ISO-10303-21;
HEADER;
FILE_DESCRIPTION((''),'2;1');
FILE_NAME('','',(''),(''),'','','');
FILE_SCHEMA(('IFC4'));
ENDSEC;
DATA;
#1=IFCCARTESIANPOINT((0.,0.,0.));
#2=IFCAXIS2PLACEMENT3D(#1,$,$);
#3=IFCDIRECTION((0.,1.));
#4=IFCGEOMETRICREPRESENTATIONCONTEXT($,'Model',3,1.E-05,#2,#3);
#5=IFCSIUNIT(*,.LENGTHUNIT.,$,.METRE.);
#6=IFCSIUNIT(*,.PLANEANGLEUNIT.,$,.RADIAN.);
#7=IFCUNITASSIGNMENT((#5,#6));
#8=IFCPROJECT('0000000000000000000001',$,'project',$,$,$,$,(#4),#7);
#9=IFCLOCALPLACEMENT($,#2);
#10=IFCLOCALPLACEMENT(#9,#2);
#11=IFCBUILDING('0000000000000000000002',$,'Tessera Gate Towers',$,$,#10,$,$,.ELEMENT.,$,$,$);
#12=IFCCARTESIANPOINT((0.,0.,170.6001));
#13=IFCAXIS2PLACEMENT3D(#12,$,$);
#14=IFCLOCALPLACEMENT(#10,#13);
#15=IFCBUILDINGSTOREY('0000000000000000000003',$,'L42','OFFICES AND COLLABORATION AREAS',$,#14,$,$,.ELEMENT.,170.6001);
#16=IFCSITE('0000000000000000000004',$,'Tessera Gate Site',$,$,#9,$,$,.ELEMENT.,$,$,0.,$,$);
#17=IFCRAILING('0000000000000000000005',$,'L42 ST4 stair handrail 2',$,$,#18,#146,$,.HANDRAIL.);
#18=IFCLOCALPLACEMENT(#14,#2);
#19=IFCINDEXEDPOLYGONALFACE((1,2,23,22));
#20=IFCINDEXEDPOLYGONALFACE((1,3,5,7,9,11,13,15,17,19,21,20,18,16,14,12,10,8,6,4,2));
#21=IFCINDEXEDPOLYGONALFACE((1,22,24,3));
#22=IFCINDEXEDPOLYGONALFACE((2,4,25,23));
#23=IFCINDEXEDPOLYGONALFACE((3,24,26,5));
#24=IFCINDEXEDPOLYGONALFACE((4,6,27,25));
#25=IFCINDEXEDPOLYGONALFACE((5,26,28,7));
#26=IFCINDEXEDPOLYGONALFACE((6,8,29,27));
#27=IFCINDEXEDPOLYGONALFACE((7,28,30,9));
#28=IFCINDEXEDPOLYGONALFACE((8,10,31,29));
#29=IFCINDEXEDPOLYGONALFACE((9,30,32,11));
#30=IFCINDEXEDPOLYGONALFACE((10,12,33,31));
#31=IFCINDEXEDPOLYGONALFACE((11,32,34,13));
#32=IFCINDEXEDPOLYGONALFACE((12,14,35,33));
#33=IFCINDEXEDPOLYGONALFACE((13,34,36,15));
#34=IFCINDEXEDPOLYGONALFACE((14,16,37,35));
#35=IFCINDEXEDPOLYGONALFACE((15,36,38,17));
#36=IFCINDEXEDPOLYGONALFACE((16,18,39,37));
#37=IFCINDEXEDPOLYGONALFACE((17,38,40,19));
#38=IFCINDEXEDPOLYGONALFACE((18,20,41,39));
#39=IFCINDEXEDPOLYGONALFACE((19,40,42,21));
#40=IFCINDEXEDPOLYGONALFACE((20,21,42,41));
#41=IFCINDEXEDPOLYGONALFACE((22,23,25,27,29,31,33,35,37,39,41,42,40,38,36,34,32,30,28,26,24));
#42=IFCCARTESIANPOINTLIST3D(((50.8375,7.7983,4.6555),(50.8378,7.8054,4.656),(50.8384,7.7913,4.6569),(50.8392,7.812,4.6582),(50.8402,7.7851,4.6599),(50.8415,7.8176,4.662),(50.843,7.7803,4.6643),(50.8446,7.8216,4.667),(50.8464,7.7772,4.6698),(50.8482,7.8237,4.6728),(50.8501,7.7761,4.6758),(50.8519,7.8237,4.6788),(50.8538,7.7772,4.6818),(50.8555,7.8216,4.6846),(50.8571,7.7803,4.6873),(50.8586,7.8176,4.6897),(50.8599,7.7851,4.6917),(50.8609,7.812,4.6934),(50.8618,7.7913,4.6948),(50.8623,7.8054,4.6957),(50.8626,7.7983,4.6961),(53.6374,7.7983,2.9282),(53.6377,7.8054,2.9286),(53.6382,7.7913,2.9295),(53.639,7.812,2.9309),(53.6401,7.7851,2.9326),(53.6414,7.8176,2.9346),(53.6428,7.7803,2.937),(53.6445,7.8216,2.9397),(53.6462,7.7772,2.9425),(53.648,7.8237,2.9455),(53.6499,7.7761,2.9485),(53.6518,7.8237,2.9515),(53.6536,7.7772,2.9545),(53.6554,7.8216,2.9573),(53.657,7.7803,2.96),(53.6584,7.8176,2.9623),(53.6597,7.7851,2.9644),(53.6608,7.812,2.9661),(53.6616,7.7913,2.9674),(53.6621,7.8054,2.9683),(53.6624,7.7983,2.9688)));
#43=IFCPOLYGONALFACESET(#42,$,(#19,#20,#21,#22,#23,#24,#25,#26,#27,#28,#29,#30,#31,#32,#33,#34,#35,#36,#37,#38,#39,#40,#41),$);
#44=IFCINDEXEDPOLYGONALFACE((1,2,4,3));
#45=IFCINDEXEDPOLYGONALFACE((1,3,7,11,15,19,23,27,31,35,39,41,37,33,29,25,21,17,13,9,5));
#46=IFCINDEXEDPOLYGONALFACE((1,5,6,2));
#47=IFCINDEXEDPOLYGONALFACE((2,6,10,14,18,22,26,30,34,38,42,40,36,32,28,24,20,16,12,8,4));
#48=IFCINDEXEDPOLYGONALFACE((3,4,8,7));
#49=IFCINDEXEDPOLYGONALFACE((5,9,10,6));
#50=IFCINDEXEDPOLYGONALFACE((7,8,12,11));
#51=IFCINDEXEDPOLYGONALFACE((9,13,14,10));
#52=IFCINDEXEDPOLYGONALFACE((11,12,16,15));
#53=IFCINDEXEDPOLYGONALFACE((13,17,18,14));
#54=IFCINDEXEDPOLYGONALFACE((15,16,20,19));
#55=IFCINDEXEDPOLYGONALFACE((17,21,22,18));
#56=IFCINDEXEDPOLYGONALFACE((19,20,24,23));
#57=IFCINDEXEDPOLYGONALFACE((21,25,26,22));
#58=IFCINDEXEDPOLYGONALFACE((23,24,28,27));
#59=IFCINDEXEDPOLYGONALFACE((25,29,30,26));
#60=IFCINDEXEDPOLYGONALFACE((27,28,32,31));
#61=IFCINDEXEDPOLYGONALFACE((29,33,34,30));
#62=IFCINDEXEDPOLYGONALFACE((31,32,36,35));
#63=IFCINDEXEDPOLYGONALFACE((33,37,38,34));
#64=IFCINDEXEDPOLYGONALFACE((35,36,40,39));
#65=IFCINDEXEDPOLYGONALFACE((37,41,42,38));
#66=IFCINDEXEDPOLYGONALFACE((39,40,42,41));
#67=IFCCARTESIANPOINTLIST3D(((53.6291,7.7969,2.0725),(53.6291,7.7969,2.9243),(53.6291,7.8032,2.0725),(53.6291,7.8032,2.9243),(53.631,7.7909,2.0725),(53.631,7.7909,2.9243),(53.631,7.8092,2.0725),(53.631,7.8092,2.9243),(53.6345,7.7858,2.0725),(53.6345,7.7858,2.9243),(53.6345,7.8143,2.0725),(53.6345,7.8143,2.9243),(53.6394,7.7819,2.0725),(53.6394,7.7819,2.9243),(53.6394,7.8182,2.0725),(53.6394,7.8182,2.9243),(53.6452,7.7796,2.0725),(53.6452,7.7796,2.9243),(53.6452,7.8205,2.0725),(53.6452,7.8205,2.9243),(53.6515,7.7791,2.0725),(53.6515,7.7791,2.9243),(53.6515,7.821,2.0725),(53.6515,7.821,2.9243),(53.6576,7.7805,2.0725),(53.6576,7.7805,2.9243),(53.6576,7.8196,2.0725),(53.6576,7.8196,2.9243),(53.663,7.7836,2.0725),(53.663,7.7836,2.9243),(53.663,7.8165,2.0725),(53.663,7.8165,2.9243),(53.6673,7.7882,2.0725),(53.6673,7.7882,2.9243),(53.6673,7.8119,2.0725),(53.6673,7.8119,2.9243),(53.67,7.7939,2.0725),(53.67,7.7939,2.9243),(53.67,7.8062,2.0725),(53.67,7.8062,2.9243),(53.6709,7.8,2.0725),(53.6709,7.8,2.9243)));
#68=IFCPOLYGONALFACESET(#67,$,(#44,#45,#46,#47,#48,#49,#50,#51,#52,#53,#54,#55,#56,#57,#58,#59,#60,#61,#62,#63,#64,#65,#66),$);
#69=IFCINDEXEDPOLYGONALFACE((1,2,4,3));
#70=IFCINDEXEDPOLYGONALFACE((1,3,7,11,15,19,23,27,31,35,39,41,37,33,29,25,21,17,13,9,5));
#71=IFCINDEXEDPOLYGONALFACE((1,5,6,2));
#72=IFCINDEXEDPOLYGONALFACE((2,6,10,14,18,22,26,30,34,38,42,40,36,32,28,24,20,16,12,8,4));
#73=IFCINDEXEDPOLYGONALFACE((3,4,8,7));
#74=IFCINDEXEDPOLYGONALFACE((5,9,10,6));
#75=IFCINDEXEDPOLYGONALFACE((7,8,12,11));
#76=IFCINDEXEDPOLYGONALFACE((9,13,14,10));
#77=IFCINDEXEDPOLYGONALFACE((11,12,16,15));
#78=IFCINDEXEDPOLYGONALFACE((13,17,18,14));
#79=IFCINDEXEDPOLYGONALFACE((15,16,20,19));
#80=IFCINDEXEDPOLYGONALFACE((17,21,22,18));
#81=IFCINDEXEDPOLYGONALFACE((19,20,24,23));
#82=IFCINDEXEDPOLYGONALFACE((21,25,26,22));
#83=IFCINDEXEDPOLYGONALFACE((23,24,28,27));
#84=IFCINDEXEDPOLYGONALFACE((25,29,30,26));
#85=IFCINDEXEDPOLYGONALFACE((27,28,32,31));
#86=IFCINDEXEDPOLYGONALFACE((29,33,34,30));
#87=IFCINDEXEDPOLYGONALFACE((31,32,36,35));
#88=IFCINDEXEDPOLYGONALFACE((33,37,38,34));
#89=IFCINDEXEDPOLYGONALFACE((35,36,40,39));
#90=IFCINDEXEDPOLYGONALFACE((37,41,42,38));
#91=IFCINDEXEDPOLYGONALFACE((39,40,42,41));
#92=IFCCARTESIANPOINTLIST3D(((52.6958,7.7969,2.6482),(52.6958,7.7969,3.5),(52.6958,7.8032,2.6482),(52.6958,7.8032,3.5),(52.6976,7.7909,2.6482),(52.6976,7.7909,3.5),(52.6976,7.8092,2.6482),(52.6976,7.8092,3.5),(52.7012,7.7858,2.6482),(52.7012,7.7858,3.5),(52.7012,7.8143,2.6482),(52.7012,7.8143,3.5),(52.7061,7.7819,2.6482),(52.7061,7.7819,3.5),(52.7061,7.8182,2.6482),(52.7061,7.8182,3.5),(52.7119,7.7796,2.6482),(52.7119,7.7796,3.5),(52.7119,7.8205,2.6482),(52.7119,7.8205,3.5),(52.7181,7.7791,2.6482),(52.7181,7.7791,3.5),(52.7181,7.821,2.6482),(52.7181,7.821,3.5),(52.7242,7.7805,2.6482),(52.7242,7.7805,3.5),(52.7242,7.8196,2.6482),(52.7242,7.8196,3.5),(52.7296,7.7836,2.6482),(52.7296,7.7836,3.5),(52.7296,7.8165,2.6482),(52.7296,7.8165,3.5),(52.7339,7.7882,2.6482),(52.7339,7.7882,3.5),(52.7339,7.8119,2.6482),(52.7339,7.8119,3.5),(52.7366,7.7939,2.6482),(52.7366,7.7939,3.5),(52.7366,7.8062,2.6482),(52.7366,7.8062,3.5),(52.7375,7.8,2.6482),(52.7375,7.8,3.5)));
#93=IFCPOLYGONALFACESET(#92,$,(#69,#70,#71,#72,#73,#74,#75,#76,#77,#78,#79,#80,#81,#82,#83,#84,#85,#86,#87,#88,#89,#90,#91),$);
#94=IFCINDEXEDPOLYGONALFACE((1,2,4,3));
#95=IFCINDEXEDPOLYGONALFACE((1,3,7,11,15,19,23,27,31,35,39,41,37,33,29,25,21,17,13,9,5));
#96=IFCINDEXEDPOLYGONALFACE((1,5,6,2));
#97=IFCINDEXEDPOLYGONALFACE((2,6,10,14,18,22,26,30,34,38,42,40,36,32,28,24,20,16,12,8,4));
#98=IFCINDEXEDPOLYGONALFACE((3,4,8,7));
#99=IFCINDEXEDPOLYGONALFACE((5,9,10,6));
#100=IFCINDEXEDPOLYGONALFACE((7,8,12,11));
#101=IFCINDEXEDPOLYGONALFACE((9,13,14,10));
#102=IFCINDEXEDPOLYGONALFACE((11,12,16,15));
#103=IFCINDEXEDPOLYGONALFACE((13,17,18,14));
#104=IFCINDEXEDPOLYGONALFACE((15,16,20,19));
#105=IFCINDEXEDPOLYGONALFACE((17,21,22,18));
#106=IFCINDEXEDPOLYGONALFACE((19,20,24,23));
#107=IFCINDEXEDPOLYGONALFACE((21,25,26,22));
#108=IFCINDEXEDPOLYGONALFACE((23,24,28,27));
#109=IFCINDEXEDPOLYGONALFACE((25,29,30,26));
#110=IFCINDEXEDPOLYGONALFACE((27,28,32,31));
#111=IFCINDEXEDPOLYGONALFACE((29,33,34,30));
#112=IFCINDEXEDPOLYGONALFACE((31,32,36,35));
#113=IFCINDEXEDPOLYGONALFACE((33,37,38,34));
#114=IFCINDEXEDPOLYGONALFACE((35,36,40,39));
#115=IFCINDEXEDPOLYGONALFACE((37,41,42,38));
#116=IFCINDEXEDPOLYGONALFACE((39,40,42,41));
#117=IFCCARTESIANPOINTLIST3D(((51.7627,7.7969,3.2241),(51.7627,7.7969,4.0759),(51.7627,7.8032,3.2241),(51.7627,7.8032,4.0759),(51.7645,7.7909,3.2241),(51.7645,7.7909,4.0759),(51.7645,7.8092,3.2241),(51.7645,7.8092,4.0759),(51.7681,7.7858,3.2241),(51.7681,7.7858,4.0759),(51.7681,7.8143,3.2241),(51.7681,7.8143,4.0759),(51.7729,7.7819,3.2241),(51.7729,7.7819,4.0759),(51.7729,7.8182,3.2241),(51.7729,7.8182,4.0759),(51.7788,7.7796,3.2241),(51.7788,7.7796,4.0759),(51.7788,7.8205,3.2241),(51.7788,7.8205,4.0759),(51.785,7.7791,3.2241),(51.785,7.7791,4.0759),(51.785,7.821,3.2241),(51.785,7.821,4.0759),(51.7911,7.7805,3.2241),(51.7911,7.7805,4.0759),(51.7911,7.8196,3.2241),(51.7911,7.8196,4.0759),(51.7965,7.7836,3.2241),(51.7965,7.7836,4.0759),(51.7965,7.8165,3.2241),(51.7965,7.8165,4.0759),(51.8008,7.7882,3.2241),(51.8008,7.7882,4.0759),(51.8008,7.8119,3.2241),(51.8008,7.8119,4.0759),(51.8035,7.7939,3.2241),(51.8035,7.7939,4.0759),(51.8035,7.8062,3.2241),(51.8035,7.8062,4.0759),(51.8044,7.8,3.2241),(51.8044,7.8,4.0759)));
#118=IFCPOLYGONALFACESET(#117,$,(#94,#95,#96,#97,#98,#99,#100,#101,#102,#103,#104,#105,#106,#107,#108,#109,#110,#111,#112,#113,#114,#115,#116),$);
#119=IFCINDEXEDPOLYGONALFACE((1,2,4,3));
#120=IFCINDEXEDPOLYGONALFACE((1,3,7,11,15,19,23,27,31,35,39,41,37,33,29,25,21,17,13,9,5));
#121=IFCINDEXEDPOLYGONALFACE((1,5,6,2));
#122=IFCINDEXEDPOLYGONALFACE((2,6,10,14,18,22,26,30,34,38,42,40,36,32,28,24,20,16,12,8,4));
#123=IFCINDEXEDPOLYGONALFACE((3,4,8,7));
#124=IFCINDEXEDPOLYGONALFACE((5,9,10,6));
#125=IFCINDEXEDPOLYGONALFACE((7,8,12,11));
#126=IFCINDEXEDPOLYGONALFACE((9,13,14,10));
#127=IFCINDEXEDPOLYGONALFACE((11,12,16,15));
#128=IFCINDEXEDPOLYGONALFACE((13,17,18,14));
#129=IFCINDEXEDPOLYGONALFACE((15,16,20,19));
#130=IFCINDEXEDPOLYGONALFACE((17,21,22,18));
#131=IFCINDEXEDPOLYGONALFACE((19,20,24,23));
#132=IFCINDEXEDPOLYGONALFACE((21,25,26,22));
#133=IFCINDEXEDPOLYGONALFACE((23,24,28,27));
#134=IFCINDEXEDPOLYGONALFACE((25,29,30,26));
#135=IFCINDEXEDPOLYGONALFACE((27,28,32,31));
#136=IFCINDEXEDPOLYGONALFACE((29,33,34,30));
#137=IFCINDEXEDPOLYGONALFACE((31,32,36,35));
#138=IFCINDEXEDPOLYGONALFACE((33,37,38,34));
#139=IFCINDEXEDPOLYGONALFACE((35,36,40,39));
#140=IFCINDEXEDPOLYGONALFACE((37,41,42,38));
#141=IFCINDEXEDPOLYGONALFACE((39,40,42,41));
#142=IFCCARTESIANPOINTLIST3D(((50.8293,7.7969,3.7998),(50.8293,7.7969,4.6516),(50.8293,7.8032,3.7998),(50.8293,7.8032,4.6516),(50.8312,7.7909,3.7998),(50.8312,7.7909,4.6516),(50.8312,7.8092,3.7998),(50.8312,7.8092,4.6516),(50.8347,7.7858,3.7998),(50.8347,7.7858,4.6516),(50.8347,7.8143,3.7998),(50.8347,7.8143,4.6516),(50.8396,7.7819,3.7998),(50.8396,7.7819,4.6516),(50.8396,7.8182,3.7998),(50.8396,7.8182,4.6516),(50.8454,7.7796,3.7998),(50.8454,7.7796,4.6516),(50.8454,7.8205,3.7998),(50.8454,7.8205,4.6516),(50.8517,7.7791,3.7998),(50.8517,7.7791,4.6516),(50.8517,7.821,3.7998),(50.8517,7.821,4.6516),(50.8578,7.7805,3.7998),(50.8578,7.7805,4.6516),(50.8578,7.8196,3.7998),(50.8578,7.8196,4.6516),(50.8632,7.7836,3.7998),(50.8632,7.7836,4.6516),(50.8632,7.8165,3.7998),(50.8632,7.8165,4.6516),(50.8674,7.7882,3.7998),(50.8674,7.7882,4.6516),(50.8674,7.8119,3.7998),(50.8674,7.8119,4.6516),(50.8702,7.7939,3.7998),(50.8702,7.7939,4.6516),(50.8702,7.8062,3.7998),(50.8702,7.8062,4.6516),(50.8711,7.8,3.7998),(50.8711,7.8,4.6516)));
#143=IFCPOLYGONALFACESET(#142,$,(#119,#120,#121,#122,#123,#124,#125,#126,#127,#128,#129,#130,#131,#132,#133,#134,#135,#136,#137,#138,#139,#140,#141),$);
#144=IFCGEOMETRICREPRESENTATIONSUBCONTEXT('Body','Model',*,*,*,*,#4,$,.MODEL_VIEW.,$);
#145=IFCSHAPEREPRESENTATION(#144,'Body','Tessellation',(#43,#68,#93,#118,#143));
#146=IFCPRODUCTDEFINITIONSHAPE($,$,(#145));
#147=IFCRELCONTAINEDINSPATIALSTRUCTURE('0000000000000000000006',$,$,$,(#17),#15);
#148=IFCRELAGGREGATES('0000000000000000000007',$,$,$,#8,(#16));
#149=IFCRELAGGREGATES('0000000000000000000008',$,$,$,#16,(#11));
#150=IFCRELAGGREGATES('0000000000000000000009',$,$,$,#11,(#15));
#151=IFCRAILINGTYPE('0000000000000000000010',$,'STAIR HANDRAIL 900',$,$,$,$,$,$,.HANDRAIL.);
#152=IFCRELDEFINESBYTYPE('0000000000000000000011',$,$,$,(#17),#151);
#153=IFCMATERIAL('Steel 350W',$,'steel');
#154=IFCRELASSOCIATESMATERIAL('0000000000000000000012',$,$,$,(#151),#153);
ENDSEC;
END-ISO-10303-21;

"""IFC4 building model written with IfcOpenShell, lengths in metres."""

from ifc_helpers import new_model, si_unit, direction, frame, origin, origin_2d, place, context, subcontext, project, spatial, circle, extrude, material, type_object, element, save


model = new_model("IFC4")

# Units and contexts
model_context = context("Model", 3, precision=1e-05, world=origin(), true_north=direction((0.0, 1.0)))
body_context = subcontext(model_context, "Body", "Model", "MODEL_VIEW")
ifc_project = project(units=[si_unit("LENGTHUNIT", "METRE"), si_unit("PLANEANGLEUNIT", "RADIAN")], contexts=[model_context])

# Site, building, storey
site_placement = place(None, origin())
site = spatial("IfcSite", under=ifc_project, at=site_placement, Name="Tessera Gate Site", CompositionType="ELEMENT", RefElevation=0.0)
building_placement = place(site_placement, origin())
building = spatial("IfcBuilding", under=site, at=building_placement, Name="Tessera Gate Towers", CompositionType="ELEMENT")
storey_placement = place(building_placement, frame((0.0, 0.0, 170.6001)))
storey = spatial("IfcBuildingStorey", under=building, at=storey_placement, Name="L42", Description="OFFICES AND COLLABORATION AREAS", CompositionType="ELEMENT", Elevation=170.6001)

# Railing
ifc_material_1 = material(Name="Steel 350W", Category="steel")
railing_type_1 = type_object("IfcRailingType", Name="STAIR HANDRAIL 900", PredefinedType="HANDRAIL", material=ifc_material_1)
railing_1_placement = place(storey_placement, frame((53.6499, 7.8, 2.0725)))
element("IfcRailing", 1, at=railing_1_placement, inside=storey, type_object=railing_type_1, Name="L42 ST4 stair handrail 2", PredefinedType="HANDRAIL", context=body_context, shape_type="SweptSolid", body=[
    extrude(circle(Radius=0.0239, at=origin_2d()), frame((0.0, 0.0, 0.876), z_axis=(-0.851069, 0.0, 0.525054), x_axis=(0.0, -1.0, 0.0)), (0.0, 0.0, 1.0), 3.2898),
    extrude(circle(Radius=0.021, at=origin_2d()), origin(), (0.0, 0.0, 1.0), 0.8518),
    extrude(circle(Radius=0.021, at=origin_2d()), frame((-0.9333, 0.0, 0.5757)), (0.0, 0.0, 1.0), 0.8518),
    extrude(circle(Radius=0.021, at=origin_2d()), frame((-1.8665, 0.0, 1.1516)), (0.0, 0.0, 1.0), 0.8518),
    extrude(circle(Radius=0.021, at=origin_2d()), frame((-2.7998, 0.0, 1.7273)), (0.0, 0.0, 1.0), 0.8518),
])

save(model, "model.ifc")
